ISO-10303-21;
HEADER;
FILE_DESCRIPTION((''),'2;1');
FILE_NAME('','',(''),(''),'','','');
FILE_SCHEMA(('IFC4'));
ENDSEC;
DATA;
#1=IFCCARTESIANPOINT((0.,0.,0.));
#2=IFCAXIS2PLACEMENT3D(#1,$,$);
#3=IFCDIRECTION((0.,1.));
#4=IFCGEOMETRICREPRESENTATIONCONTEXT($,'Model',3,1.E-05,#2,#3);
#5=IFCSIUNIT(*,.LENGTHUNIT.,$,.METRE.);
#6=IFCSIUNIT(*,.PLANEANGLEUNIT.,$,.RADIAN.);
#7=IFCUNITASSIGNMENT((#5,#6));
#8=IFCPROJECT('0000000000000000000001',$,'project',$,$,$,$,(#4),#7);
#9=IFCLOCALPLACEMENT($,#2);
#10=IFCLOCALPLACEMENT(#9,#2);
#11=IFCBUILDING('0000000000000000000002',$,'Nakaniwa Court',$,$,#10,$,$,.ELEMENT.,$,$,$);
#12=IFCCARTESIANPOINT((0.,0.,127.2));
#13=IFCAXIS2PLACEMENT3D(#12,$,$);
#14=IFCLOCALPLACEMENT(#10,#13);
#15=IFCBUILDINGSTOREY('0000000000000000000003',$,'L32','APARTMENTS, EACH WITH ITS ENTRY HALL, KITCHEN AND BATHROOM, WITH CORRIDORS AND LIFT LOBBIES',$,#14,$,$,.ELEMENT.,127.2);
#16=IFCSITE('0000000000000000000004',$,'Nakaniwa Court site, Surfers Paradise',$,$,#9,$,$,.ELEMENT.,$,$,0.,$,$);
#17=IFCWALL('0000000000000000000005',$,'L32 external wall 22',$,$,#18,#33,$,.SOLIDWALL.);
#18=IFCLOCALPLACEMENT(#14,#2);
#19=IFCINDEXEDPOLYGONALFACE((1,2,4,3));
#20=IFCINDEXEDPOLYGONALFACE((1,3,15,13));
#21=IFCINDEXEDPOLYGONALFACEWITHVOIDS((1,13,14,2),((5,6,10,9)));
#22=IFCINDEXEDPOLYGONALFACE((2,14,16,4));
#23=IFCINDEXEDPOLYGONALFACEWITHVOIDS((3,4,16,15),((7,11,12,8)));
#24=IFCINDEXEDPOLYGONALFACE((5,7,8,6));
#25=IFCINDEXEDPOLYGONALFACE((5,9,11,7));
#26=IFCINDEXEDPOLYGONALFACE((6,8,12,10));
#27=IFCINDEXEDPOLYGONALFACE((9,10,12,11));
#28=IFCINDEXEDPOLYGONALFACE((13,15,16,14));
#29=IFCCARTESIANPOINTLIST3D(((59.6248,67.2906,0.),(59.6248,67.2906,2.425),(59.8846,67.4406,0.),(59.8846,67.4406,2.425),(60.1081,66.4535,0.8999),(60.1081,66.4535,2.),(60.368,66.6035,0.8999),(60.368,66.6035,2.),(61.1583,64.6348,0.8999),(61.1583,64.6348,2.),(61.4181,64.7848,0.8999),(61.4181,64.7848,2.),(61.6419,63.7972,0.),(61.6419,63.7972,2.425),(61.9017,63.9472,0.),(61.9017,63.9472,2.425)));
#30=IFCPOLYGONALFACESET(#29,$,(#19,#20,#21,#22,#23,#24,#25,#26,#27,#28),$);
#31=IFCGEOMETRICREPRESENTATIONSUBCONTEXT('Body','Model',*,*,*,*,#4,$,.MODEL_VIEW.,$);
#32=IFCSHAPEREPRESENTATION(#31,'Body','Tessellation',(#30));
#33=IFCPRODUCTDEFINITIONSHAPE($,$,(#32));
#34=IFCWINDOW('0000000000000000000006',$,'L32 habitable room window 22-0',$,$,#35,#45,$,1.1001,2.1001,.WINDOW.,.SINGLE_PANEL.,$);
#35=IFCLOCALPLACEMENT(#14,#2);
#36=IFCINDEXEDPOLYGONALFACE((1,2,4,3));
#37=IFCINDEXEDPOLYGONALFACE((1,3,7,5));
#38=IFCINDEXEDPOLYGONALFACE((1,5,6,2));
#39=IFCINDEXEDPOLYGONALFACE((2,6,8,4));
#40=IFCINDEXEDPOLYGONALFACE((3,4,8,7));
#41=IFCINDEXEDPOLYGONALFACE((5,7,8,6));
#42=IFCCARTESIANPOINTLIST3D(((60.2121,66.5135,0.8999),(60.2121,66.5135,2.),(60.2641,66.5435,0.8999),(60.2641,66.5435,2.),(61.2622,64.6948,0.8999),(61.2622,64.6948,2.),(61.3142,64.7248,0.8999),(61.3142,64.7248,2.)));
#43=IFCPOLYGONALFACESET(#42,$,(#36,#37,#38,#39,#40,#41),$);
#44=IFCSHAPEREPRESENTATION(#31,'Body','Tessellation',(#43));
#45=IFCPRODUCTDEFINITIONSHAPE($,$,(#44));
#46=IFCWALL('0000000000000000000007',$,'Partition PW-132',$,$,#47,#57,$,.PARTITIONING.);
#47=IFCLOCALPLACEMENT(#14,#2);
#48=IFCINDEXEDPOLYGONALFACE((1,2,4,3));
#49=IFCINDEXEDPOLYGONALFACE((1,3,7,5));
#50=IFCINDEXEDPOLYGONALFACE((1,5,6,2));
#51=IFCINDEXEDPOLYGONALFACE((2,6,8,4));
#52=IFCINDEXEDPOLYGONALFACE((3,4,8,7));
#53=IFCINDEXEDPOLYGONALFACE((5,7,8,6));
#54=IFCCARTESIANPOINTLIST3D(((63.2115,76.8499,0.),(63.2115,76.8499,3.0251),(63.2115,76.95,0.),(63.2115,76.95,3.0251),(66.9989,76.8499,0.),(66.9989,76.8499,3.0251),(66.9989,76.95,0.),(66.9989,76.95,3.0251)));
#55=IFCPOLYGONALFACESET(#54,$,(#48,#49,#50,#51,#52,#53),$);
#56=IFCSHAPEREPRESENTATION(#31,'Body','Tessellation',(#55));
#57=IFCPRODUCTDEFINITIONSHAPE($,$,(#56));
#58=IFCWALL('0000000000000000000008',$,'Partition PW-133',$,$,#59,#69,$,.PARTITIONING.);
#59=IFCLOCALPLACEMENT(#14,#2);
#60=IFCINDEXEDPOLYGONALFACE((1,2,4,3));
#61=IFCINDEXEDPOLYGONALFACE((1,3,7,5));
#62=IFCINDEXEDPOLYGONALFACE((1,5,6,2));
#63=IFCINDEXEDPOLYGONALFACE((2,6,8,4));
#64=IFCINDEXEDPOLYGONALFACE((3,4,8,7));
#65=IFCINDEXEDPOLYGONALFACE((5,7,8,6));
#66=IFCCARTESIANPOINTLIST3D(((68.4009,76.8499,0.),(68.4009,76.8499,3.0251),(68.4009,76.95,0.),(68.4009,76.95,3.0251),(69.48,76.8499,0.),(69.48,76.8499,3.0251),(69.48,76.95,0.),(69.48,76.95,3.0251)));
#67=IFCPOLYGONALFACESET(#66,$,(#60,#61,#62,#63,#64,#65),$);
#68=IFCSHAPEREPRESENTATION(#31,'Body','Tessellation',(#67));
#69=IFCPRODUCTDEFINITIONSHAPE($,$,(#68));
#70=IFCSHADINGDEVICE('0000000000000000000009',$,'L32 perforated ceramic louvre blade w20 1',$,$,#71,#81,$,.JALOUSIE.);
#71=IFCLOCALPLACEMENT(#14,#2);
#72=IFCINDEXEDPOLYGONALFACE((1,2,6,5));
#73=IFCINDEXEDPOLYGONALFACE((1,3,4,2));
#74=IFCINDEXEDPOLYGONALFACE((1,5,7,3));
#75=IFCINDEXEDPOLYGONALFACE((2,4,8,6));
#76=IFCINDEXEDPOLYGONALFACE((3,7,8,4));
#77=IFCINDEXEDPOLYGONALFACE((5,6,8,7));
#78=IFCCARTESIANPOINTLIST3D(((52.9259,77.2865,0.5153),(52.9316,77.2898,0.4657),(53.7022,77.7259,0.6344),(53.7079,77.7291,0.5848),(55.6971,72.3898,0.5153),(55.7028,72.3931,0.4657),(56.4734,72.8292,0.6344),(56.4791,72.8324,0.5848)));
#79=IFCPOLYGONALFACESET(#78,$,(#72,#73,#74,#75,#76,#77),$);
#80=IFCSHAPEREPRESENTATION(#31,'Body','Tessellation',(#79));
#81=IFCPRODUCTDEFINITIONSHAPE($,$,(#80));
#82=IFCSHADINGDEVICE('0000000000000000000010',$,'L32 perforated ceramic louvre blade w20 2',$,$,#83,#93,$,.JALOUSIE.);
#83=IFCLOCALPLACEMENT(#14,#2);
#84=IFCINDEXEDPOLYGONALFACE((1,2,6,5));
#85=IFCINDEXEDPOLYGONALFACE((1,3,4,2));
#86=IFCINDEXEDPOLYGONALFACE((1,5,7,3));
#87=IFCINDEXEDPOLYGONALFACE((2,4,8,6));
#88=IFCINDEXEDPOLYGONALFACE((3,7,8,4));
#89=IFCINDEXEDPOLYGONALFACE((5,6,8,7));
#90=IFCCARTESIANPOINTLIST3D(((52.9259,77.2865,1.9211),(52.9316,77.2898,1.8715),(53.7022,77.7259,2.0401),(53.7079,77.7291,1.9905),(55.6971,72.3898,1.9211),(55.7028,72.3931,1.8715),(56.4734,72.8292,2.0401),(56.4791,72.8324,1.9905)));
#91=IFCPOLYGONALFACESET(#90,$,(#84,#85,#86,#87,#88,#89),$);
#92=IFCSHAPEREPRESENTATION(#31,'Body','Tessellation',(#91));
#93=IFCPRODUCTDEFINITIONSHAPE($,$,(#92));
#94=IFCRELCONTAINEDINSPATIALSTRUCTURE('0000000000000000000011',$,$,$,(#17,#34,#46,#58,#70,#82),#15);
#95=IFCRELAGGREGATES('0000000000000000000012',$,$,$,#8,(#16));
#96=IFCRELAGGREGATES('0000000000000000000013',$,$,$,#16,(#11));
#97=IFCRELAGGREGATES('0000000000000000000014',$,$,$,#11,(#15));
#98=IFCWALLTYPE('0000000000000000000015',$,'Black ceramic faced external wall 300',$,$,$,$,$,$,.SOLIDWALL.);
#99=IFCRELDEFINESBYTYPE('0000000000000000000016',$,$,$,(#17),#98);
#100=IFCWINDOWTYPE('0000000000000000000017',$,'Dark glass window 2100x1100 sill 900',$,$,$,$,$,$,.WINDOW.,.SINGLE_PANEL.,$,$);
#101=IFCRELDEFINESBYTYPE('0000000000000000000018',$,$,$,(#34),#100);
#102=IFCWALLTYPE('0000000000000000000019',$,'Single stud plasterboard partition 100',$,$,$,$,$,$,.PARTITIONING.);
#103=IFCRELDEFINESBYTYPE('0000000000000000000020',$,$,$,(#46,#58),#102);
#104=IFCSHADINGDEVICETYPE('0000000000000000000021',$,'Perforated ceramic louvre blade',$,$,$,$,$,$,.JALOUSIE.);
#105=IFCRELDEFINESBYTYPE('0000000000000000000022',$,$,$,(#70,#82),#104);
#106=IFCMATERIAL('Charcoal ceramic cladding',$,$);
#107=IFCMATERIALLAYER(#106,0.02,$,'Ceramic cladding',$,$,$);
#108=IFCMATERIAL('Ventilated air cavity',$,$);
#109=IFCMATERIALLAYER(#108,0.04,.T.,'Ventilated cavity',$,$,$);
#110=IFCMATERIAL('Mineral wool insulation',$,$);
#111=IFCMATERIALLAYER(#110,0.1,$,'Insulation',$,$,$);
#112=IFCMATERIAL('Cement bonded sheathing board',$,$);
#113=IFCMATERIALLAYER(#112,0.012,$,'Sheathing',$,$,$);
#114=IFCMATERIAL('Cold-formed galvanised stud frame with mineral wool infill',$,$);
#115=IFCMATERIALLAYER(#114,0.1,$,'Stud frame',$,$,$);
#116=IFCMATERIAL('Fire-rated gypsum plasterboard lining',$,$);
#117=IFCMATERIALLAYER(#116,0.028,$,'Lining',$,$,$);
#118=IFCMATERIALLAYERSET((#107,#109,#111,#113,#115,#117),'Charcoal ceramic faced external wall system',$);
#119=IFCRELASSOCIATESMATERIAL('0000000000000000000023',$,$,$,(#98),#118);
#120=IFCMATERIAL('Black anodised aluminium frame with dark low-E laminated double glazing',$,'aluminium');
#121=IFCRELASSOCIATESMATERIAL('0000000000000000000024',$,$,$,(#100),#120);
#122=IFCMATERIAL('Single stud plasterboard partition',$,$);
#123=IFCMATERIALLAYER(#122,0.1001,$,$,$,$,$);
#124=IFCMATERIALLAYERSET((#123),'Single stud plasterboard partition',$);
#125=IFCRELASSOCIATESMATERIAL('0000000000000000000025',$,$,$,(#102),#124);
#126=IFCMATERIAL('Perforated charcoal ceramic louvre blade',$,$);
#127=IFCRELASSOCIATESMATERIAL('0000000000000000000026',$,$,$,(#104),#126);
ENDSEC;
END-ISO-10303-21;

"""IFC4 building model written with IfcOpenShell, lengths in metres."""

from ifc_helpers import new_model, si_unit, direction, frame, frame_2d, origin, origin_2d, place, context, subcontext, project, spatial, rectangle, extrude, material, layer, layer_set, material_profile, profile_set, type_object, element, fill, save


model = new_model("IFC4")

# Units and contexts
model_context = context("Model", 3, precision=1e-05, world=origin(), true_north=direction((0.0, 1.0)))
body_context = subcontext(model_context, "Body", "Model", "MODEL_VIEW")
ifc_project = project(units=[si_unit("LENGTHUNIT", "METRE"), si_unit("PLANEANGLEUNIT", "RADIAN")], contexts=[model_context])

# Site, building, storey
site_placement = place(None, origin())
site = spatial("IfcSite", under=ifc_project, at=site_placement, Name="Nakaniwa Court site, Surfers Paradise", CompositionType="ELEMENT", RefElevation=0.0)
building_placement = place(site_placement, origin())
building = spatial("IfcBuilding", under=site, at=building_placement, Name="Nakaniwa Court", CompositionType="ELEMENT")
storey_placement = place(building_placement, frame((0.0, 0.0, 127.2)))
storey = spatial("IfcBuildingStorey", under=building, at=storey_placement, Name="L32", Description="APARTMENTS, EACH WITH ITS ENTRY HALL, KITCHEN AND BATHROOM, WITH CORRIDORS AND LIFT LOBBIES", CompositionType="ELEMENT", Elevation=127.2)

# Shared definitions
ifc_material_1 = material(Name="Charcoal ceramic cladding")
ifc_layer_1 = layer(ifc_material_1, 0.02, Name="Ceramic cladding")
ifc_material_2 = material(Name="Ventilated air cavity")
ifc_layer_2 = layer(ifc_material_2, 0.04, ventilated=True, Name="Ventilated cavity")
ifc_material_3 = material(Name="Mineral wool insulation")
ifc_layer_3 = layer(ifc_material_3, 0.1, Name="Insulation")
ifc_material_4 = material(Name="Cement bonded sheathing board")
ifc_layer_4 = layer(ifc_material_4, 0.012, Name="Sheathing")
ifc_material_5 = material(Name="Cold-formed galvanised stud frame with mineral wool infill")
ifc_layer_5 = layer(ifc_material_5, 0.1, Name="Stud frame")
ifc_material_6 = material(Name="Fire-rated gypsum plasterboard lining")
ifc_layer_6 = layer(ifc_material_6, 0.028, Name="Lining")
ifc_layer_set_1 = layer_set([ifc_layer_1, ifc_layer_2, ifc_layer_3, ifc_layer_4, ifc_layer_5, ifc_layer_6], Name="Charcoal ceramic faced external wall system")
wall_type_1 = type_object("IfcWallType", Name="Black ceramic faced external wall 300", PredefinedType="SOLIDWALL", material=ifc_layer_set_1)
ifc_material_7 = material(Name="Black anodised aluminium frame with dark low-E laminated double glazing", Category="aluminium")
window_type_1 = type_object("IfcWindowType", Name="Dark glass window 2100x1100 sill 900", PartitioningType="SINGLE_PANEL", PredefinedType="WINDOW", material=ifc_material_7)

# Wall, opening, window
wall_1_placement = place(storey_placement, frame((59.7546, 67.3657, 0.0), z_axis=(0.0, 0.0, 1.0), x_axis=(0.500032, -0.866007, 0.0)))
wall_1 = element("IfcWall", 1, at=wall_1_placement, inside=storey, type_object=wall_type_1, Name="L32 external wall 22", PredefinedType="SOLIDWALL", context=body_context, shape_type="SweptSolid", body=[
    extrude(rectangle(XDim=4.0339, YDim=0.3, at=frame_2d((2.0171, 0.0))), origin(), (0.0, 0.0, 1.0), 2.425),
])
opening_1_placement = place(wall_1_placement, frame((0.9668, 0.0, 0.8999)))
opening_1 = element("IfcOpeningElement", 2, at=opening_1_placement, cuts=wall_1, PredefinedType="OPENING", context=body_context, shape_type="SweptSolid", body=[
    extrude(rectangle(XDim=2.1001, YDim=1.1001, at=frame_2d((1.05, 0.55))), frame((0.0, 0.1599, 0.0), z_axis=(0.0, -1.0, 0.0), x_axis=(1.0, 0.0, 0.0)), (0.0, 0.0, 1.0), 0.3201),
])
window_1_placement = place(opening_1_placement, origin())
window_1 = element("IfcWindow", 3, at=window_1_placement, inside=storey, type_object=window_type_1, Name="L32 habitable room window 22-0", OverallHeight=1.1001, OverallWidth=2.1001, PartitioningType="SINGLE_PANEL", PredefinedType="WINDOW", context=body_context, shape_type="SweptSolid", body=[
    extrude(rectangle(XDim=2.1001, YDim=1.1001, at=frame_2d((1.05, 0.55))), frame((0.0, 0.03, 0.0), z_axis=(0.0, -1.0, 0.0), x_axis=(1.0, 0.0, 0.0)), (0.0, 0.0, 1.0), 0.0601),
])
fill(opening_1, window_1)

# Walls
ifc_material_8 = material(Name="Single stud plasterboard partition")
ifc_layer_7 = layer(ifc_material_8, 0.1001)
ifc_layer_set_2 = layer_set([ifc_layer_7], Name="Single stud plasterboard partition")
wall_type_2 = type_object("IfcWallType", Name="Single stud plasterboard partition 100", PredefinedType="PARTITIONING", material=ifc_layer_set_2)
wall_2_placement = place(storey_placement, frame((63.2117, 76.8999, 0.0), z_axis=(0.0, 0.0, 1.0), x_axis=(1.0, 0.0, 0.0)))
element("IfcWall", 4, at=wall_2_placement, inside=storey, type_object=wall_type_2, Name="Partition PW-132", PredefinedType="PARTITIONING", context=body_context, shape_type="SweptSolid", body=[
    extrude(rectangle(XDim=3.7874, YDim=0.1001, at=frame_2d((1.8936, 0.0))), origin(), (0.0, 0.0, 1.0), 3.0251),
])
wall_3_placement = place(storey_placement, frame((68.4009, 76.8999, 0.0), z_axis=(0.0, 0.0, 1.0), x_axis=(1.0, 0.0, 0.0)))
element("IfcWall", 5, at=wall_3_placement, inside=storey, type_object=wall_type_2, Name="Partition PW-133", PredefinedType="PARTITIONING", context=body_context, shape_type="SweptSolid", body=[
    extrude(rectangle(XDim=1.0791, YDim=0.1001, at=frame_2d((0.5396, 0.0))), origin(), (0.0, 0.0, 1.0), 3.0251),
])

# Shading devices
ifc_material_9 = material(Name="Perforated charcoal ceramic louvre blade")
ifc_material_profile_1 = material_profile(ifc_material_9, rectangle(XDim=0.8999, YDim=0.05, at=origin_2d()), Name="Perforated ceramic louvre blade")
ifc_profile_set_1 = profile_set([ifc_material_profile_1], Name="Perforated charcoal ceramic louvre blade")
shading_device_type = type_object("IfcShadingDeviceType", Name="Perforated ceramic louvre blade", PredefinedType="JALOUSIE", material=ifc_profile_set_1)
for number, where, z_axis, x_axis, name in (
    (6, (53.3169, 77.5078, 0.55), (0.492532, -0.870294, 0.0), (0.862649, 0.488205, 0.132256), "L32 perforated ceramic louvre blade w20 1"),
    (7, (53.3169, 77.5078, 1.9558), (0.492532, -0.870294, 0.0), (0.862649, 0.488205, 0.132256), "L32 perforated ceramic louvre blade w20 2"),
):
    element("IfcShadingDevice", number, at=place(storey_placement, frame(where, z_axis=z_axis, x_axis=x_axis)), inside=storey, type_object=shading_device_type, Name=name, PredefinedType="JALOUSIE", context=body_context, shape_type="SweptSolid", body=[
        extrude(rectangle(XDim=0.8999, YDim=0.05, at=origin_2d()), origin(), (0.0, 0.0, 1.0), 5.6265),
    ])

save(model, "model.ifc")
